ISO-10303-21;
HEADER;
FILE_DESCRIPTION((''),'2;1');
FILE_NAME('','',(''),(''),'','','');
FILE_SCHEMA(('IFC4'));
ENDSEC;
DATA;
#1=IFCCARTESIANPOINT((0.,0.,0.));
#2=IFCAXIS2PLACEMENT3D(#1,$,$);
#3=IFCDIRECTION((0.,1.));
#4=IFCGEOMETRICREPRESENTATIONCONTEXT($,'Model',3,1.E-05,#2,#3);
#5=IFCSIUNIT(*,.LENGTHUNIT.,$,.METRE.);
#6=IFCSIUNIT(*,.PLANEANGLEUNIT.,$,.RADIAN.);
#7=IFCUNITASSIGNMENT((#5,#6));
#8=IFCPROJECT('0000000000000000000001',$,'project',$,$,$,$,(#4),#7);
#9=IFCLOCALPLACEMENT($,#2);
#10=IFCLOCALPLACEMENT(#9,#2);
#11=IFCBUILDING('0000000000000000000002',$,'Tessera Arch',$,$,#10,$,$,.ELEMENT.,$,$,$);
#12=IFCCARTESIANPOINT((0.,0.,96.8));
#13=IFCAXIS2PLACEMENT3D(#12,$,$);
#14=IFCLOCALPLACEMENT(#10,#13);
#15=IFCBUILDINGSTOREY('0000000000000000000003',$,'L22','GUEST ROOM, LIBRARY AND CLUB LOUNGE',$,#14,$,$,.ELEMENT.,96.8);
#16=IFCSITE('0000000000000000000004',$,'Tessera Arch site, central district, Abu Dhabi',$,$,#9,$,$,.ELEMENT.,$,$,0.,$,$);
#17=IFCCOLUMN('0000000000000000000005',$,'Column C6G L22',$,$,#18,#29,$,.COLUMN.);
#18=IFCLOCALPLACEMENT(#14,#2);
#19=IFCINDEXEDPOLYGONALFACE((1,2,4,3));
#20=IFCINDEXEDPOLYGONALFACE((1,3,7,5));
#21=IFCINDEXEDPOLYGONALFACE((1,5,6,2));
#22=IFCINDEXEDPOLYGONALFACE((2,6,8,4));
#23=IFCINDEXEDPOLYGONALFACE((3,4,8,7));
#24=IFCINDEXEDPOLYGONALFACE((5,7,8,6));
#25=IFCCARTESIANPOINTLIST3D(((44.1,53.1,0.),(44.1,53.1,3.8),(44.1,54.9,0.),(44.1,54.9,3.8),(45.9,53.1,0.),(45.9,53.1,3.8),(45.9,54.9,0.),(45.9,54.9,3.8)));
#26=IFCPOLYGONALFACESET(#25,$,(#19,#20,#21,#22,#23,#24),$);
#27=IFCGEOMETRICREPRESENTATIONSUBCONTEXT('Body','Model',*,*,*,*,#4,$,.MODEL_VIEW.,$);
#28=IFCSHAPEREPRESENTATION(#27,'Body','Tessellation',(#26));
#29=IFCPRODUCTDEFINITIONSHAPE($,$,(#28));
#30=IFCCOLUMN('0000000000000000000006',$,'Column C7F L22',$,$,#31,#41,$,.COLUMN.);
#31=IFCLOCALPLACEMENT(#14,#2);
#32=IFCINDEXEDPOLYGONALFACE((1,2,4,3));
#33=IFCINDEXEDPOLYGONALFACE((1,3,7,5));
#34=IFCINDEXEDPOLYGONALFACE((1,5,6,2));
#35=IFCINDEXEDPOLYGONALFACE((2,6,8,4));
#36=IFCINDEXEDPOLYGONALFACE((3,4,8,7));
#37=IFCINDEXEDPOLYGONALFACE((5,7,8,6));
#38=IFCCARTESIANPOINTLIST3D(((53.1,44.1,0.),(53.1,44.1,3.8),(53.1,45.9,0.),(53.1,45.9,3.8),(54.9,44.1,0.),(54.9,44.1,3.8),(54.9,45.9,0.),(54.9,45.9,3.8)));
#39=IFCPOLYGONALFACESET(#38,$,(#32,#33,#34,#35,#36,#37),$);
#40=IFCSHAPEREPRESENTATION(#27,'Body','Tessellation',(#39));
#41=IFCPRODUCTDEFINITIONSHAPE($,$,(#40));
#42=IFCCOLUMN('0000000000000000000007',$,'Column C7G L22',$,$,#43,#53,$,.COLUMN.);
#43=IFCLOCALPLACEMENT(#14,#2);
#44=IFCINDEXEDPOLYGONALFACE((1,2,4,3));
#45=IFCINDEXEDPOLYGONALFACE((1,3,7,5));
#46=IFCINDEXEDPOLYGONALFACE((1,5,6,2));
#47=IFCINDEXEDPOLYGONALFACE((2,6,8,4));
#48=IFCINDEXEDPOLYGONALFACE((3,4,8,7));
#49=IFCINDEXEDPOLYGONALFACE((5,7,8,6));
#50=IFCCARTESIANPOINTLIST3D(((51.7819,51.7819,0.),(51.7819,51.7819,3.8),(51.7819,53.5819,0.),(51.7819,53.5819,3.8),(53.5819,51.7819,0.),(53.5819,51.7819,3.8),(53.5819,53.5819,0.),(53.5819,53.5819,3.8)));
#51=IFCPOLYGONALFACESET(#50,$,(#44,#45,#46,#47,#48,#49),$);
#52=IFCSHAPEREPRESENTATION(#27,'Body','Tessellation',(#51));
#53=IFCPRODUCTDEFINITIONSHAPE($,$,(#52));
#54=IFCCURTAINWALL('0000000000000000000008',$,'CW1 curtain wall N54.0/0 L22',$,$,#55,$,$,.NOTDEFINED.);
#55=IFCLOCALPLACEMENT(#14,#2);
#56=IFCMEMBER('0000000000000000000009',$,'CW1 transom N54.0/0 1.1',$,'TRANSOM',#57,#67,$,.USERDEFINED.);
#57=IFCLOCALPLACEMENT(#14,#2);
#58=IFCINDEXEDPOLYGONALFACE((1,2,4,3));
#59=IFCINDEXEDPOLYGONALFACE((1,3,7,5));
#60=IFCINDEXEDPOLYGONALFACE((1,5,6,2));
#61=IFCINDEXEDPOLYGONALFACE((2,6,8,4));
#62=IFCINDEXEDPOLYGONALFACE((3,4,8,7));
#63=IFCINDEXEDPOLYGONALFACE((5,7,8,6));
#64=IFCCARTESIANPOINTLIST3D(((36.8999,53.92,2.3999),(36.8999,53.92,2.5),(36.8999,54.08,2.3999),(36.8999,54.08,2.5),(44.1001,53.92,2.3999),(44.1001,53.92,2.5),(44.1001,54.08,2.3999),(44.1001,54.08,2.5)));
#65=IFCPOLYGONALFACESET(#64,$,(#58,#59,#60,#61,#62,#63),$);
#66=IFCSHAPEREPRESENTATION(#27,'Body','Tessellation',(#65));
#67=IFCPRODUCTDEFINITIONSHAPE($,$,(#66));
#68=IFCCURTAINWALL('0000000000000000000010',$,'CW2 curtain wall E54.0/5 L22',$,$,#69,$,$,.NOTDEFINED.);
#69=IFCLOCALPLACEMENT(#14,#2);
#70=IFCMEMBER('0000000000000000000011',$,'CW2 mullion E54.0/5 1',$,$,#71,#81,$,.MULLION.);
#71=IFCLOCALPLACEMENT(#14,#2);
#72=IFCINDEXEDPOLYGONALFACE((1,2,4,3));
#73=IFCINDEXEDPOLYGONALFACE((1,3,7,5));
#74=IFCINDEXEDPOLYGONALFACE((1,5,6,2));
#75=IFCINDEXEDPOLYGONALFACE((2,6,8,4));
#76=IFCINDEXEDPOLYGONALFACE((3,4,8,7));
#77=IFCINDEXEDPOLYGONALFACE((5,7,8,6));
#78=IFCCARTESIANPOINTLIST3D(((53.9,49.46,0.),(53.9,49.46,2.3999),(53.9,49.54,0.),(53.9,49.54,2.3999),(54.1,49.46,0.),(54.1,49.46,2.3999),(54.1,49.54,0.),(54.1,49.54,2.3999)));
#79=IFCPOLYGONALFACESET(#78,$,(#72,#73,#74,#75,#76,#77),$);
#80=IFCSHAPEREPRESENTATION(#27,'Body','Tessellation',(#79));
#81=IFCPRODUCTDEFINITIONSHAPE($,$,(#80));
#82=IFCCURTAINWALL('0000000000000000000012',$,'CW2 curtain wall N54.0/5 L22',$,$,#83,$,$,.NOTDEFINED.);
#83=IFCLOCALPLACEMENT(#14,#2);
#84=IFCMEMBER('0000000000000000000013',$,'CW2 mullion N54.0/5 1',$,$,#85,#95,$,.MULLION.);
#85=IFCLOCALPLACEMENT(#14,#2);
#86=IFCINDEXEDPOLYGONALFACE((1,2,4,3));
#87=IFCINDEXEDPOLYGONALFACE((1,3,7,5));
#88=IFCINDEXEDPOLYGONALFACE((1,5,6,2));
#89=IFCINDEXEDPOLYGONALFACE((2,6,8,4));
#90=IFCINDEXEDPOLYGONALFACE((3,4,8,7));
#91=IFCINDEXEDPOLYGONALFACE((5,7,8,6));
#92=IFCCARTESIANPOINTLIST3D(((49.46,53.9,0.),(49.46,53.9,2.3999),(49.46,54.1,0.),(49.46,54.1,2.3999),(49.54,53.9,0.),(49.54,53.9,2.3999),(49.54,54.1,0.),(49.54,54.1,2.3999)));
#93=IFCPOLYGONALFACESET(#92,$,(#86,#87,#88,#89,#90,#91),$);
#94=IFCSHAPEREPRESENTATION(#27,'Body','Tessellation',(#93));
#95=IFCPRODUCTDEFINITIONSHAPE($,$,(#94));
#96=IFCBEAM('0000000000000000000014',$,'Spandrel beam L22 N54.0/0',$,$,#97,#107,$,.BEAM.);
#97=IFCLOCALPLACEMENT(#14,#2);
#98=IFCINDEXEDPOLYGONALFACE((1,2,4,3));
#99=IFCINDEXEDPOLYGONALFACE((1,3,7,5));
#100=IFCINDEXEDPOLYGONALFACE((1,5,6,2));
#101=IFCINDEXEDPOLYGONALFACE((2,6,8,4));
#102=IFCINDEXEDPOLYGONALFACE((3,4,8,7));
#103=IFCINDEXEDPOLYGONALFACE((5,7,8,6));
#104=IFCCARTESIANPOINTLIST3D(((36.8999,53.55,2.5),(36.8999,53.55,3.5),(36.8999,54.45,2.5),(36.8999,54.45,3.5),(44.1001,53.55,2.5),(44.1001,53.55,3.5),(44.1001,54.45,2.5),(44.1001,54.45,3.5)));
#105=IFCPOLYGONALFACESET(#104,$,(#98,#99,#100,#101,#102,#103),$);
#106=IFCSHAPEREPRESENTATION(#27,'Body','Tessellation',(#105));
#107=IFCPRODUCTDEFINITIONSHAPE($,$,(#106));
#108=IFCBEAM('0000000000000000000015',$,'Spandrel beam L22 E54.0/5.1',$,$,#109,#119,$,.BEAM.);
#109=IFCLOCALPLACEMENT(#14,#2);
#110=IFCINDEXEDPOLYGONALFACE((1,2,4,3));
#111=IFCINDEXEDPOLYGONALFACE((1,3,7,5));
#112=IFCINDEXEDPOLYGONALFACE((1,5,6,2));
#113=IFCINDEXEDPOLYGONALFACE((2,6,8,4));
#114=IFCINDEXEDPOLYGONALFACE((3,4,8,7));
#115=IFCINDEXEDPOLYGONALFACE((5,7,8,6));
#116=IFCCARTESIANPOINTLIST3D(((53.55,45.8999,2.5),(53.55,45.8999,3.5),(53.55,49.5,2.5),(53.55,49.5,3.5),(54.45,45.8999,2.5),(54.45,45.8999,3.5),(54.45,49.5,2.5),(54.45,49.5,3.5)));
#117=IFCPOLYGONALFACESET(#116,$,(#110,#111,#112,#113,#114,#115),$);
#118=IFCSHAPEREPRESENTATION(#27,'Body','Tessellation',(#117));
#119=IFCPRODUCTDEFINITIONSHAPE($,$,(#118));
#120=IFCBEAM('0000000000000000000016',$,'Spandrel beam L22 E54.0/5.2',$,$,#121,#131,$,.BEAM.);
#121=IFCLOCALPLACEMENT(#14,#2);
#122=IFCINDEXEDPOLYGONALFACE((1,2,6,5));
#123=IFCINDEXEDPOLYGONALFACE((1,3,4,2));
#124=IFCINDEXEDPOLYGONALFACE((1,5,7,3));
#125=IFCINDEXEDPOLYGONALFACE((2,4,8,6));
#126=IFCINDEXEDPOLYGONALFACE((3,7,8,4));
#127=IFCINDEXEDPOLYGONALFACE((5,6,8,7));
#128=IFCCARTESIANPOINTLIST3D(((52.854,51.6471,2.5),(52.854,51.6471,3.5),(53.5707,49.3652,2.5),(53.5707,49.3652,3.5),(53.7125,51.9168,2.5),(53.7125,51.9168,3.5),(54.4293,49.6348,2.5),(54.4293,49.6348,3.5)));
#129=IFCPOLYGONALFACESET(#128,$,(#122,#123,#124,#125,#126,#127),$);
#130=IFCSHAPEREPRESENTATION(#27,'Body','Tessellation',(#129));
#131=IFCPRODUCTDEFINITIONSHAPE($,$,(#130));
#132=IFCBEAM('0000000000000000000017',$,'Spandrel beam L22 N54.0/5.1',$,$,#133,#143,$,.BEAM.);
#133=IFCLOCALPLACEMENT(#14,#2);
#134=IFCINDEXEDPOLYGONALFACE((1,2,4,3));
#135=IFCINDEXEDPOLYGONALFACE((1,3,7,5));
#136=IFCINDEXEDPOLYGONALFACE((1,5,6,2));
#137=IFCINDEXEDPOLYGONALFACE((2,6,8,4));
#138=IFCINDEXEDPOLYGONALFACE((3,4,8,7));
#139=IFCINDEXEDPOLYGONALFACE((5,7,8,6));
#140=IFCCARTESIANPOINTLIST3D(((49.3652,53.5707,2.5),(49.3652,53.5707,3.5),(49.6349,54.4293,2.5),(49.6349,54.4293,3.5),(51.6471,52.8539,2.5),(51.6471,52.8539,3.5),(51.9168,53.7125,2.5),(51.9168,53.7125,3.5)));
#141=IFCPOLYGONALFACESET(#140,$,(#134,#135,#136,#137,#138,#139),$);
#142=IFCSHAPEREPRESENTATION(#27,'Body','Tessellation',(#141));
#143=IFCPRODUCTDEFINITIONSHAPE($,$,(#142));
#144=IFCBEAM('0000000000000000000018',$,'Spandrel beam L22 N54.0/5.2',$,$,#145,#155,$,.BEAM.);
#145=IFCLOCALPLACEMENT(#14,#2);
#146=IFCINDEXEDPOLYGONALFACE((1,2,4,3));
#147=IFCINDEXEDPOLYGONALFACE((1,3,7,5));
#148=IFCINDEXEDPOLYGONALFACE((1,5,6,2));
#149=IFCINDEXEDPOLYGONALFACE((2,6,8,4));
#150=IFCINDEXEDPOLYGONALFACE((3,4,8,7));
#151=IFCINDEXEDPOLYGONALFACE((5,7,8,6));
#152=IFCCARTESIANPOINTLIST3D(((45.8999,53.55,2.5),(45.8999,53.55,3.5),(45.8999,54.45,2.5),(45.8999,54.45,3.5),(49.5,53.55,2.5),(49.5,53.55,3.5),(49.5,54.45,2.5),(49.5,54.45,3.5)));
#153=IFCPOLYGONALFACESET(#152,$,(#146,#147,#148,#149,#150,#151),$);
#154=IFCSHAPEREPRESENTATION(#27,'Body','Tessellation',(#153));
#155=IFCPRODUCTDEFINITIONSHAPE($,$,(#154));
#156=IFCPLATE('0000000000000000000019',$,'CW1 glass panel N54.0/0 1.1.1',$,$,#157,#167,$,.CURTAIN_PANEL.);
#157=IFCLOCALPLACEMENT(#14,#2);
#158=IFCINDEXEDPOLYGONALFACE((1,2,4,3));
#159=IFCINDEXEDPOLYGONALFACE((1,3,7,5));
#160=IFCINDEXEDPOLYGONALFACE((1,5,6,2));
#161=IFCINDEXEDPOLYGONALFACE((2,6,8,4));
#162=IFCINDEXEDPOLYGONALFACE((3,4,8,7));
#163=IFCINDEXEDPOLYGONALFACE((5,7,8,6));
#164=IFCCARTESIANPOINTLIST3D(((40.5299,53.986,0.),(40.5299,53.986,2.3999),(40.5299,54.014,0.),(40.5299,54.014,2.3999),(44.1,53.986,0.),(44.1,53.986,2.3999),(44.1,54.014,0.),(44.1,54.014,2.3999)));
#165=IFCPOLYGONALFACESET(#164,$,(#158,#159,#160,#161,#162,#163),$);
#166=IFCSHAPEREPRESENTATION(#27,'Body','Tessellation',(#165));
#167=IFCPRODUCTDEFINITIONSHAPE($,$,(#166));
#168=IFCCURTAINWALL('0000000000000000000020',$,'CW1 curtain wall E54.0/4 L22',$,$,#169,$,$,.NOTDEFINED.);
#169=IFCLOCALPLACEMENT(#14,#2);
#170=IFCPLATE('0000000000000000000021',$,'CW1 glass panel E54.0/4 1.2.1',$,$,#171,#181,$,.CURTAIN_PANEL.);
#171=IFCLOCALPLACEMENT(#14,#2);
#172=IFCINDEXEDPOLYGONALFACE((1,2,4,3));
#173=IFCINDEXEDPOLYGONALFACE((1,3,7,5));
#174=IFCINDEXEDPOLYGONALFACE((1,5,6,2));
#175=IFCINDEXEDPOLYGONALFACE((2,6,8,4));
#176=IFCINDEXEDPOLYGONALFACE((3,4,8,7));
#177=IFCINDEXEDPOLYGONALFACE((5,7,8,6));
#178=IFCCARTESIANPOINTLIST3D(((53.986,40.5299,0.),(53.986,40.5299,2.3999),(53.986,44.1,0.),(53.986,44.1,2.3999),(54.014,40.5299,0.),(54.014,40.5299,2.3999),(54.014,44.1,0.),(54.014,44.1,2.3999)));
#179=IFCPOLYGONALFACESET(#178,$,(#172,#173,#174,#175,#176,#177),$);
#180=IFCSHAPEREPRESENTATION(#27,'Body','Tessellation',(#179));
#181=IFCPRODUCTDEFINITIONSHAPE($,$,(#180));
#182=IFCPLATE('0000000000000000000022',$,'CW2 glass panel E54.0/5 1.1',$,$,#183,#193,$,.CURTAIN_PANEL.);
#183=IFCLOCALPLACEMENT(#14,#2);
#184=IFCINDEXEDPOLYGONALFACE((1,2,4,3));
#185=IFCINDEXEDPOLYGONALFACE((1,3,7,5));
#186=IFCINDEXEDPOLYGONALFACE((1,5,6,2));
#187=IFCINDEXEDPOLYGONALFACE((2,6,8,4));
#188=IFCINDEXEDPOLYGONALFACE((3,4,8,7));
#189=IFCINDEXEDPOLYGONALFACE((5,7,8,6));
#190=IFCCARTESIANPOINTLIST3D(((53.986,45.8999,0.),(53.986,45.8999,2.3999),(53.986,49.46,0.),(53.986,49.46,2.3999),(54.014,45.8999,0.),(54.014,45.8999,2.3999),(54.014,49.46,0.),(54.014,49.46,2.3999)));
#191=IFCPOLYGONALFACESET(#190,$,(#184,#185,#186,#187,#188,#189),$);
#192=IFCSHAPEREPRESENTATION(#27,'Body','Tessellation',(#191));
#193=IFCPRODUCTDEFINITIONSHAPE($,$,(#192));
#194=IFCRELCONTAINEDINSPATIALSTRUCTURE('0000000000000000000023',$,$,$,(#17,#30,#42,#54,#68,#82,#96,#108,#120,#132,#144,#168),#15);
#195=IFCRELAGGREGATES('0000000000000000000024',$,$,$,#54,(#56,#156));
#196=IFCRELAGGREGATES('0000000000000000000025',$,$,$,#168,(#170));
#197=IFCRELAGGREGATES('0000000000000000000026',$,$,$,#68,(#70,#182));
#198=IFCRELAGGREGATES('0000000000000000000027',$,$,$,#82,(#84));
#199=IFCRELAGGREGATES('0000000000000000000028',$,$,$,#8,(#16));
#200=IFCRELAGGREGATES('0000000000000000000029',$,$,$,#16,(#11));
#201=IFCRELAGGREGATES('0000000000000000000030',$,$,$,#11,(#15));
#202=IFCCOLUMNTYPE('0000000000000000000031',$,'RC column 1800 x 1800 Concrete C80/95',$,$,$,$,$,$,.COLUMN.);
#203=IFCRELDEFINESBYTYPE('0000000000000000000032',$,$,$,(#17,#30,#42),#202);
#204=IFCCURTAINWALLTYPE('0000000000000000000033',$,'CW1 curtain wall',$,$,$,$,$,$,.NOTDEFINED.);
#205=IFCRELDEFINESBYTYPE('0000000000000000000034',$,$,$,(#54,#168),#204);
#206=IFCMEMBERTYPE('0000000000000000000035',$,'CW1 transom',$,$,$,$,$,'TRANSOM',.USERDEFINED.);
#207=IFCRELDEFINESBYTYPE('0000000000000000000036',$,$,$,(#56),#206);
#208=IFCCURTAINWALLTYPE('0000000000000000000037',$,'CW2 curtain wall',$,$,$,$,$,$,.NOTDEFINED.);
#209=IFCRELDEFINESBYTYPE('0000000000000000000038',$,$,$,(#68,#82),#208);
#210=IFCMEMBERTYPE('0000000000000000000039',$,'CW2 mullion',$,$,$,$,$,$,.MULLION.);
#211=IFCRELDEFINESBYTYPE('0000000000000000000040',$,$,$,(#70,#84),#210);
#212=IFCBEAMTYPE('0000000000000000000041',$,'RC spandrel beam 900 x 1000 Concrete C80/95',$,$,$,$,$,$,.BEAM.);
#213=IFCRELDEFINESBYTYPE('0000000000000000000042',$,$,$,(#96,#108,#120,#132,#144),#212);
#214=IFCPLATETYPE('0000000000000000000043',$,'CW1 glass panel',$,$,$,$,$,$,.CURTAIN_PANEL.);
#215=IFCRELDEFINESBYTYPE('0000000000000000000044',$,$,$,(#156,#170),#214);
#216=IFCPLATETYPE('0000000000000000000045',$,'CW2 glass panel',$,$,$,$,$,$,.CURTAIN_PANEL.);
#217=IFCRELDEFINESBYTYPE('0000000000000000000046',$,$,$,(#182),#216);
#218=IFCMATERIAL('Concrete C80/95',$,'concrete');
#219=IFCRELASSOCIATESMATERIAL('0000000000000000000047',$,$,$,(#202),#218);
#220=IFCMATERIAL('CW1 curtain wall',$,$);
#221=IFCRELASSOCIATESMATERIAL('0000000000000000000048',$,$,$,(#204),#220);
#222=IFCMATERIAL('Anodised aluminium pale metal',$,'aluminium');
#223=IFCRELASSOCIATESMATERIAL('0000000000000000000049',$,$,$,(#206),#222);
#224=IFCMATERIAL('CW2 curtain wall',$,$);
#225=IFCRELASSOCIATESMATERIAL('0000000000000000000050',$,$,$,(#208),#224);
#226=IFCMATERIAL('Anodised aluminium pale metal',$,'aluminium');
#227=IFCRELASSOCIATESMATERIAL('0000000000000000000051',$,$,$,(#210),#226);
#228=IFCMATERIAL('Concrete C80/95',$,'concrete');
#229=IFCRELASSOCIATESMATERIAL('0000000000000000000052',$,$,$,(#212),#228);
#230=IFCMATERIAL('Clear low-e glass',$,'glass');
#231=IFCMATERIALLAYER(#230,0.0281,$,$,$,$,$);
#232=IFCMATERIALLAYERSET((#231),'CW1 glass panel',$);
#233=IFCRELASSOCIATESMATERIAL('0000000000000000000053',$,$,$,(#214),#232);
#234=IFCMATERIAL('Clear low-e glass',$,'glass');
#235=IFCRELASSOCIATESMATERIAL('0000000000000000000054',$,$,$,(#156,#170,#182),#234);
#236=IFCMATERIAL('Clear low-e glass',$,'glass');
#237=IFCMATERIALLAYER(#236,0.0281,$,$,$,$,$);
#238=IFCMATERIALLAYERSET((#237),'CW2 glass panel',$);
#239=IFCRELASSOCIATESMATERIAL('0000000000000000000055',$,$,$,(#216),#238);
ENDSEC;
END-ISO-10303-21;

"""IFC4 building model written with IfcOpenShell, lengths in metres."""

from ifc_helpers import new_model, si_unit, direction, frame, origin, origin_2d, place, context, subcontext, project, spatial, rectangle, extrude, material, layer, layer_set, material_profile, profile_set, type_object, element, aggregate, save


model = new_model("IFC4")

# Units and contexts
model_context = context("Model", 3, precision=1e-05, world=origin(), true_north=direction((0.0, 1.0)))
body_context = subcontext(model_context, "Body", "Model", "MODEL_VIEW")
ifc_project = project(units=[si_unit("LENGTHUNIT", "METRE"), si_unit("PLANEANGLEUNIT", "RADIAN")], contexts=[model_context])

# Site, building, storey
site_placement = place(None, origin())
site = spatial("IfcSite", under=ifc_project, at=site_placement, Name="Tessera Arch site, central district, Abu Dhabi", CompositionType="ELEMENT", RefElevation=0.0)
building_placement = place(site_placement, origin())
building = spatial("IfcBuilding", under=site, at=building_placement, Name="Tessera Arch", CompositionType="ELEMENT")
storey_placement = place(building_placement, frame((0.0, 0.0, 96.8)))
storey = spatial("IfcBuildingStorey", under=building, at=storey_placement, Name="L22", Description="GUEST ROOM, LIBRARY AND CLUB LOUNGE", CompositionType="ELEMENT", Elevation=96.8)

# Columns
ifc_material_1 = material(Name="Concrete C80/95", Category="concrete")
ifc_material_profile_1 = material_profile(ifc_material_1, rectangle(XDim=1.8, YDim=1.8, at=origin_2d()), Name="RC column 1800 x 1800 Concrete C80/95")
ifc_profile_set_1 = profile_set([ifc_material_profile_1], Name="Concrete C80/95")
column_type = type_object("IfcColumnType", Name="RC column 1800 x 1800 Concrete C80/95", PredefinedType="COLUMN", material=ifc_profile_set_1)
for number, where, z_axis, x_axis, name in (
    (1, (45.0, 54.0, 0.0), (0.0, 0.0, 1.0), (1.0, 0.0, 0.0), "Column C6G L22"),
    (2, (54.0, 45.0, 0.0), (0.0, 0.0, 1.0), (1.0, 0.0, 0.0), "Column C7F L22"),
    (3, (52.6819, 52.6819, 0.0), (0.0, 0.0, 1.0), (1.0, 0.0, 0.0), "Column C7G L22"),
):
    element("IfcColumn", number, at=place(storey_placement, frame(where, z_axis=z_axis, x_axis=x_axis)), inside=storey, type_object=column_type, Name=name, PredefinedType="COLUMN", context=body_context, shape_type="SweptSolid", body=[
        extrude(rectangle(XDim=1.8, YDim=1.8, at=origin_2d()), origin(), (0.0, 0.0, 1.0), 3.8),
    ])

# Curtain walls, members
ifc_material_2 = material(Name="CW1 curtain wall")
curtain_wall_type_1 = type_object("IfcCurtainWallType", Name="CW1 curtain wall", PredefinedType="NOTDEFINED", material=ifc_material_2)
curtain_wall_1_placement = place(storey_placement, origin())
curtain_wall_1 = element("IfcCurtainWall", 4, at=curtain_wall_1_placement, inside=storey, type_object=curtain_wall_type_1, Name="CW1 curtain wall N54.0/0 L22", PredefinedType="NOTDEFINED")
ifc_material_3 = material(Name="Anodised aluminium pale metal", Category="aluminium")
ifc_material_profile_2 = material_profile(ifc_material_3, rectangle(XDim=0.1599, YDim=0.1001, at=origin_2d()), Name="AL 160x100")
ifc_profile_set_2 = profile_set([ifc_material_profile_2], Name="Anodised aluminium pale metal")
member_type_1 = type_object("IfcMemberType", Name="CW1 transom", ElementType="TRANSOM", PredefinedType="USERDEFINED", material=ifc_profile_set_2)
member_1_placement = place(storey_placement, frame((44.1001, 54.0, 2.45), z_axis=(-1.0, 0.0, 0.0), x_axis=(0.0, -1.0, 0.0)))
member_1 = element("IfcMember", 5, at=member_1_placement, type_object=member_type_1, Name="CW1 transom N54.0/0 1.1", ObjectType="TRANSOM", PredefinedType="USERDEFINED", context=body_context, shape_type="SweptSolid", body=[
    extrude(rectangle(XDim=0.1599, YDim=0.1001, at=origin_2d()), origin(), (0.0, 0.0, 1.0), 7.2002),
])
ifc_material_4 = material(Name="CW2 curtain wall")
curtain_wall_type_2 = type_object("IfcCurtainWallType", Name="CW2 curtain wall", PredefinedType="NOTDEFINED", material=ifc_material_4)
curtain_wall_2_placement = place(storey_placement, origin())
curtain_wall_2 = element("IfcCurtainWall", 6, at=curtain_wall_2_placement, inside=storey, type_object=curtain_wall_type_2, Name="CW2 curtain wall E54.0/5 L22", PredefinedType="NOTDEFINED")
ifc_material_5 = material(Name="Anodised aluminium pale metal", Category="aluminium")
ifc_material_profile_3 = material_profile(ifc_material_5, rectangle(XDim=0.2, YDim=0.0801, at=origin_2d()), Name="AL 80x200")
ifc_profile_set_3 = profile_set([ifc_material_profile_3], Name="Anodised aluminium pale metal")
member_type_2 = type_object("IfcMemberType", Name="CW2 mullion", PredefinedType="MULLION", material=ifc_profile_set_3)
member_2_placement = place(storey_placement, frame((54.0, 49.5, 0.0), z_axis=(0.0, 0.0, 1.0), x_axis=(-1.0, 0.0, 0.0)))
member_2 = element("IfcMember", 7, at=member_2_placement, type_object=member_type_2, Name="CW2 mullion E54.0/5 1", PredefinedType="MULLION", context=body_context, shape_type="SweptSolid", body=[
    extrude(rectangle(XDim=0.2, YDim=0.0801, at=origin_2d()), origin(), (0.0, 0.0, 1.0), 2.3999),
])
curtain_wall_3_placement = place(storey_placement, origin())
curtain_wall_3 = element("IfcCurtainWall", 8, at=curtain_wall_3_placement, inside=storey, type_object=curtain_wall_type_2, Name="CW2 curtain wall N54.0/5 L22", PredefinedType="NOTDEFINED")
member_3_placement = place(storey_placement, frame((49.5, 54.0, 0.0), z_axis=(0.0, 0.0, 1.0), x_axis=(0.0, -1.0, 0.0)))
member_3 = element("IfcMember", 9, at=member_3_placement, type_object=member_type_2, Name="CW2 mullion N54.0/5 1", PredefinedType="MULLION", context=body_context, shape_type="SweptSolid", body=[
    extrude(rectangle(XDim=0.2, YDim=0.0801, at=origin_2d()), origin(), (0.0, 0.0, 1.0), 2.3999),
])

# Beams
ifc_material_6 = material(Name="Concrete C80/95", Category="concrete")
ifc_material_profile_4 = material_profile(ifc_material_6, rectangle(XDim=0.8999, YDim=1.0, at=origin_2d()), Name="RC spandrel beam 900 x 1000 Concrete C80/95")
ifc_profile_set_4 = profile_set([ifc_material_profile_4], Name="Concrete C80/95")
beam_type = type_object("IfcBeamType", Name="RC spandrel beam 900 x 1000 Concrete C80/95", PredefinedType="BEAM", material=ifc_profile_set_4)
beam_1_placement = place(storey_placement, frame((44.1001, 54.0, 3.0), z_axis=(-1.0, 0.0, 0.0), x_axis=(0.0, -1.0, 0.0)))
element("IfcBeam", 10, at=beam_1_placement, inside=storey, type_object=beam_type, Name="Spandrel beam L22 N54.0/0", PredefinedType="BEAM", context=body_context, shape_type="SweptSolid", body=[
    extrude(rectangle(XDim=0.8999, YDim=1.0, at=origin_2d()), origin(), (0.0, 0.0, 1.0), 7.2002),
])
beam_2_placement = place(storey_placement, frame((54.0, 45.8999, 3.0), z_axis=(0.0, 1.0, 0.0), x_axis=(-1.0, 0.0, 0.0)))
element("IfcBeam", 11, at=beam_2_placement, inside=storey, type_object=beam_type, Name="Spandrel beam L22 E54.0/5.1", PredefinedType="BEAM", context=body_context, shape_type="SweptSolid", body=[
    extrude(rectangle(XDim=0.8999, YDim=1.0, at=origin_2d()), origin(), (0.0, 0.0, 1.0), 3.6001),
])
for number, where, z_axis, x_axis, name in (
    (12, (54.0, 49.5, 3.0), (-0.299675, 0.954041, 0.0), (-0.954041, -0.299675, 0.0), "Spandrel beam L22 E54.0/5.2"),
    (13, (51.782, 53.2832, 3.0), (-0.954041, 0.299675, 0.0), (-0.299675, -0.954041, 0.0), "Spandrel beam L22 N54.0/5.1"),
):
    element("IfcBeam", number, at=place(storey_placement, frame(where, z_axis=z_axis, x_axis=x_axis)), inside=storey, type_object=beam_type, Name=name, PredefinedType="BEAM", context=body_context, shape_type="SweptSolid", body=[
        extrude(rectangle(XDim=0.8999, YDim=1.0, at=origin_2d()), origin(), (0.0, 0.0, 1.0), 2.3918),
    ])
beam_3_placement = place(storey_placement, frame((49.5, 54.0, 3.0), z_axis=(-1.0, 0.0, 0.0), x_axis=(0.0, -1.0, 0.0)))
element("IfcBeam", 14, at=beam_3_placement, inside=storey, type_object=beam_type, Name="Spandrel beam L22 N54.0/5.2", PredefinedType="BEAM", context=body_context, shape_type="SweptSolid", body=[
    extrude(rectangle(XDim=0.8999, YDim=1.0, at=origin_2d()), origin(), (0.0, 0.0, 1.0), 3.6001),
])

# Plate
ifc_material_7 = material(Name="Clear low-e glass", Category="glass")
ifc_material_8 = material(Name="Clear low-e glass", Category="glass")
ifc_layer_1 = layer(ifc_material_8, 0.0281)
ifc_layer_set_1 = layer_set([ifc_layer_1], Name="CW1 glass panel")
plate_type_1 = type_object("IfcPlateType", Name="CW1 glass panel", PredefinedType="CURTAIN_PANEL", material=ifc_layer_set_1)
plate_1_placement = place(storey_placement, frame((42.3149, 54.0, 0.0), z_axis=(0.0, 0.0, 1.0), x_axis=(-1.0, 0.0, 0.0)))
plate_1 = element("IfcPlate", 15, at=plate_1_placement, type_object=plate_type_1, material=ifc_material_7, Name="CW1 glass panel N54.0/0 1.1.1", PredefinedType="CURTAIN_PANEL", context=body_context, shape_type="SweptSolid", body=[
    extrude(rectangle(XDim=3.5701, YDim=0.0281, at=origin_2d()), origin(), (0.0, 0.0, 1.0), 2.3999),
])
aggregate(curtain_wall_1, [member_1, plate_1])

# Curtain wall, plate
curtain_wall_4_placement = place(storey_placement, origin())
curtain_wall_4 = element("IfcCurtainWall", 16, at=curtain_wall_4_placement, inside=storey, type_object=curtain_wall_type_1, Name="CW1 curtain wall E54.0/4 L22", PredefinedType="NOTDEFINED")
plate_2_placement = place(storey_placement, frame((54.0, 42.3149, 0.0), z_axis=(0.0, 0.0, 1.0), x_axis=(0.0, 1.0, 0.0)))
plate_2 = element("IfcPlate", 17, at=plate_2_placement, type_object=plate_type_1, material=ifc_material_7, Name="CW1 glass panel E54.0/4 1.2.1", PredefinedType="CURTAIN_PANEL", context=body_context, shape_type="SweptSolid", body=[
    extrude(rectangle(XDim=3.5701, YDim=0.0281, at=origin_2d()), origin(), (0.0, 0.0, 1.0), 2.3999),
])
aggregate(curtain_wall_4, [plate_2])

# Plate
ifc_material_9 = material(Name="Clear low-e glass", Category="glass")
ifc_layer_2 = layer(ifc_material_9, 0.0281)
ifc_layer_set_2 = layer_set([ifc_layer_2], Name="CW2 glass panel")
plate_type_2 = type_object("IfcPlateType", Name="CW2 glass panel", PredefinedType="CURTAIN_PANEL", material=ifc_layer_set_2)
plate_3_placement = place(storey_placement, frame((54.0, 47.6799, 0.0), z_axis=(0.0, 0.0, 1.0), x_axis=(0.0, 1.0, 0.0)))
plate_3 = element("IfcPlate", 18, at=plate_3_placement, type_object=plate_type_2, material=ifc_material_7, Name="CW2 glass panel E54.0/5 1.1", PredefinedType="CURTAIN_PANEL", context=body_context, shape_type="SweptSolid", body=[
    extrude(rectangle(XDim=3.5601, YDim=0.0281, at=origin_2d()), origin(), (0.0, 0.0, 1.0), 2.3999),
])
aggregate(curtain_wall_2, [member_2, plate_3])
aggregate(curtain_wall_3, [member_3])

save(model, "model.ifc")
